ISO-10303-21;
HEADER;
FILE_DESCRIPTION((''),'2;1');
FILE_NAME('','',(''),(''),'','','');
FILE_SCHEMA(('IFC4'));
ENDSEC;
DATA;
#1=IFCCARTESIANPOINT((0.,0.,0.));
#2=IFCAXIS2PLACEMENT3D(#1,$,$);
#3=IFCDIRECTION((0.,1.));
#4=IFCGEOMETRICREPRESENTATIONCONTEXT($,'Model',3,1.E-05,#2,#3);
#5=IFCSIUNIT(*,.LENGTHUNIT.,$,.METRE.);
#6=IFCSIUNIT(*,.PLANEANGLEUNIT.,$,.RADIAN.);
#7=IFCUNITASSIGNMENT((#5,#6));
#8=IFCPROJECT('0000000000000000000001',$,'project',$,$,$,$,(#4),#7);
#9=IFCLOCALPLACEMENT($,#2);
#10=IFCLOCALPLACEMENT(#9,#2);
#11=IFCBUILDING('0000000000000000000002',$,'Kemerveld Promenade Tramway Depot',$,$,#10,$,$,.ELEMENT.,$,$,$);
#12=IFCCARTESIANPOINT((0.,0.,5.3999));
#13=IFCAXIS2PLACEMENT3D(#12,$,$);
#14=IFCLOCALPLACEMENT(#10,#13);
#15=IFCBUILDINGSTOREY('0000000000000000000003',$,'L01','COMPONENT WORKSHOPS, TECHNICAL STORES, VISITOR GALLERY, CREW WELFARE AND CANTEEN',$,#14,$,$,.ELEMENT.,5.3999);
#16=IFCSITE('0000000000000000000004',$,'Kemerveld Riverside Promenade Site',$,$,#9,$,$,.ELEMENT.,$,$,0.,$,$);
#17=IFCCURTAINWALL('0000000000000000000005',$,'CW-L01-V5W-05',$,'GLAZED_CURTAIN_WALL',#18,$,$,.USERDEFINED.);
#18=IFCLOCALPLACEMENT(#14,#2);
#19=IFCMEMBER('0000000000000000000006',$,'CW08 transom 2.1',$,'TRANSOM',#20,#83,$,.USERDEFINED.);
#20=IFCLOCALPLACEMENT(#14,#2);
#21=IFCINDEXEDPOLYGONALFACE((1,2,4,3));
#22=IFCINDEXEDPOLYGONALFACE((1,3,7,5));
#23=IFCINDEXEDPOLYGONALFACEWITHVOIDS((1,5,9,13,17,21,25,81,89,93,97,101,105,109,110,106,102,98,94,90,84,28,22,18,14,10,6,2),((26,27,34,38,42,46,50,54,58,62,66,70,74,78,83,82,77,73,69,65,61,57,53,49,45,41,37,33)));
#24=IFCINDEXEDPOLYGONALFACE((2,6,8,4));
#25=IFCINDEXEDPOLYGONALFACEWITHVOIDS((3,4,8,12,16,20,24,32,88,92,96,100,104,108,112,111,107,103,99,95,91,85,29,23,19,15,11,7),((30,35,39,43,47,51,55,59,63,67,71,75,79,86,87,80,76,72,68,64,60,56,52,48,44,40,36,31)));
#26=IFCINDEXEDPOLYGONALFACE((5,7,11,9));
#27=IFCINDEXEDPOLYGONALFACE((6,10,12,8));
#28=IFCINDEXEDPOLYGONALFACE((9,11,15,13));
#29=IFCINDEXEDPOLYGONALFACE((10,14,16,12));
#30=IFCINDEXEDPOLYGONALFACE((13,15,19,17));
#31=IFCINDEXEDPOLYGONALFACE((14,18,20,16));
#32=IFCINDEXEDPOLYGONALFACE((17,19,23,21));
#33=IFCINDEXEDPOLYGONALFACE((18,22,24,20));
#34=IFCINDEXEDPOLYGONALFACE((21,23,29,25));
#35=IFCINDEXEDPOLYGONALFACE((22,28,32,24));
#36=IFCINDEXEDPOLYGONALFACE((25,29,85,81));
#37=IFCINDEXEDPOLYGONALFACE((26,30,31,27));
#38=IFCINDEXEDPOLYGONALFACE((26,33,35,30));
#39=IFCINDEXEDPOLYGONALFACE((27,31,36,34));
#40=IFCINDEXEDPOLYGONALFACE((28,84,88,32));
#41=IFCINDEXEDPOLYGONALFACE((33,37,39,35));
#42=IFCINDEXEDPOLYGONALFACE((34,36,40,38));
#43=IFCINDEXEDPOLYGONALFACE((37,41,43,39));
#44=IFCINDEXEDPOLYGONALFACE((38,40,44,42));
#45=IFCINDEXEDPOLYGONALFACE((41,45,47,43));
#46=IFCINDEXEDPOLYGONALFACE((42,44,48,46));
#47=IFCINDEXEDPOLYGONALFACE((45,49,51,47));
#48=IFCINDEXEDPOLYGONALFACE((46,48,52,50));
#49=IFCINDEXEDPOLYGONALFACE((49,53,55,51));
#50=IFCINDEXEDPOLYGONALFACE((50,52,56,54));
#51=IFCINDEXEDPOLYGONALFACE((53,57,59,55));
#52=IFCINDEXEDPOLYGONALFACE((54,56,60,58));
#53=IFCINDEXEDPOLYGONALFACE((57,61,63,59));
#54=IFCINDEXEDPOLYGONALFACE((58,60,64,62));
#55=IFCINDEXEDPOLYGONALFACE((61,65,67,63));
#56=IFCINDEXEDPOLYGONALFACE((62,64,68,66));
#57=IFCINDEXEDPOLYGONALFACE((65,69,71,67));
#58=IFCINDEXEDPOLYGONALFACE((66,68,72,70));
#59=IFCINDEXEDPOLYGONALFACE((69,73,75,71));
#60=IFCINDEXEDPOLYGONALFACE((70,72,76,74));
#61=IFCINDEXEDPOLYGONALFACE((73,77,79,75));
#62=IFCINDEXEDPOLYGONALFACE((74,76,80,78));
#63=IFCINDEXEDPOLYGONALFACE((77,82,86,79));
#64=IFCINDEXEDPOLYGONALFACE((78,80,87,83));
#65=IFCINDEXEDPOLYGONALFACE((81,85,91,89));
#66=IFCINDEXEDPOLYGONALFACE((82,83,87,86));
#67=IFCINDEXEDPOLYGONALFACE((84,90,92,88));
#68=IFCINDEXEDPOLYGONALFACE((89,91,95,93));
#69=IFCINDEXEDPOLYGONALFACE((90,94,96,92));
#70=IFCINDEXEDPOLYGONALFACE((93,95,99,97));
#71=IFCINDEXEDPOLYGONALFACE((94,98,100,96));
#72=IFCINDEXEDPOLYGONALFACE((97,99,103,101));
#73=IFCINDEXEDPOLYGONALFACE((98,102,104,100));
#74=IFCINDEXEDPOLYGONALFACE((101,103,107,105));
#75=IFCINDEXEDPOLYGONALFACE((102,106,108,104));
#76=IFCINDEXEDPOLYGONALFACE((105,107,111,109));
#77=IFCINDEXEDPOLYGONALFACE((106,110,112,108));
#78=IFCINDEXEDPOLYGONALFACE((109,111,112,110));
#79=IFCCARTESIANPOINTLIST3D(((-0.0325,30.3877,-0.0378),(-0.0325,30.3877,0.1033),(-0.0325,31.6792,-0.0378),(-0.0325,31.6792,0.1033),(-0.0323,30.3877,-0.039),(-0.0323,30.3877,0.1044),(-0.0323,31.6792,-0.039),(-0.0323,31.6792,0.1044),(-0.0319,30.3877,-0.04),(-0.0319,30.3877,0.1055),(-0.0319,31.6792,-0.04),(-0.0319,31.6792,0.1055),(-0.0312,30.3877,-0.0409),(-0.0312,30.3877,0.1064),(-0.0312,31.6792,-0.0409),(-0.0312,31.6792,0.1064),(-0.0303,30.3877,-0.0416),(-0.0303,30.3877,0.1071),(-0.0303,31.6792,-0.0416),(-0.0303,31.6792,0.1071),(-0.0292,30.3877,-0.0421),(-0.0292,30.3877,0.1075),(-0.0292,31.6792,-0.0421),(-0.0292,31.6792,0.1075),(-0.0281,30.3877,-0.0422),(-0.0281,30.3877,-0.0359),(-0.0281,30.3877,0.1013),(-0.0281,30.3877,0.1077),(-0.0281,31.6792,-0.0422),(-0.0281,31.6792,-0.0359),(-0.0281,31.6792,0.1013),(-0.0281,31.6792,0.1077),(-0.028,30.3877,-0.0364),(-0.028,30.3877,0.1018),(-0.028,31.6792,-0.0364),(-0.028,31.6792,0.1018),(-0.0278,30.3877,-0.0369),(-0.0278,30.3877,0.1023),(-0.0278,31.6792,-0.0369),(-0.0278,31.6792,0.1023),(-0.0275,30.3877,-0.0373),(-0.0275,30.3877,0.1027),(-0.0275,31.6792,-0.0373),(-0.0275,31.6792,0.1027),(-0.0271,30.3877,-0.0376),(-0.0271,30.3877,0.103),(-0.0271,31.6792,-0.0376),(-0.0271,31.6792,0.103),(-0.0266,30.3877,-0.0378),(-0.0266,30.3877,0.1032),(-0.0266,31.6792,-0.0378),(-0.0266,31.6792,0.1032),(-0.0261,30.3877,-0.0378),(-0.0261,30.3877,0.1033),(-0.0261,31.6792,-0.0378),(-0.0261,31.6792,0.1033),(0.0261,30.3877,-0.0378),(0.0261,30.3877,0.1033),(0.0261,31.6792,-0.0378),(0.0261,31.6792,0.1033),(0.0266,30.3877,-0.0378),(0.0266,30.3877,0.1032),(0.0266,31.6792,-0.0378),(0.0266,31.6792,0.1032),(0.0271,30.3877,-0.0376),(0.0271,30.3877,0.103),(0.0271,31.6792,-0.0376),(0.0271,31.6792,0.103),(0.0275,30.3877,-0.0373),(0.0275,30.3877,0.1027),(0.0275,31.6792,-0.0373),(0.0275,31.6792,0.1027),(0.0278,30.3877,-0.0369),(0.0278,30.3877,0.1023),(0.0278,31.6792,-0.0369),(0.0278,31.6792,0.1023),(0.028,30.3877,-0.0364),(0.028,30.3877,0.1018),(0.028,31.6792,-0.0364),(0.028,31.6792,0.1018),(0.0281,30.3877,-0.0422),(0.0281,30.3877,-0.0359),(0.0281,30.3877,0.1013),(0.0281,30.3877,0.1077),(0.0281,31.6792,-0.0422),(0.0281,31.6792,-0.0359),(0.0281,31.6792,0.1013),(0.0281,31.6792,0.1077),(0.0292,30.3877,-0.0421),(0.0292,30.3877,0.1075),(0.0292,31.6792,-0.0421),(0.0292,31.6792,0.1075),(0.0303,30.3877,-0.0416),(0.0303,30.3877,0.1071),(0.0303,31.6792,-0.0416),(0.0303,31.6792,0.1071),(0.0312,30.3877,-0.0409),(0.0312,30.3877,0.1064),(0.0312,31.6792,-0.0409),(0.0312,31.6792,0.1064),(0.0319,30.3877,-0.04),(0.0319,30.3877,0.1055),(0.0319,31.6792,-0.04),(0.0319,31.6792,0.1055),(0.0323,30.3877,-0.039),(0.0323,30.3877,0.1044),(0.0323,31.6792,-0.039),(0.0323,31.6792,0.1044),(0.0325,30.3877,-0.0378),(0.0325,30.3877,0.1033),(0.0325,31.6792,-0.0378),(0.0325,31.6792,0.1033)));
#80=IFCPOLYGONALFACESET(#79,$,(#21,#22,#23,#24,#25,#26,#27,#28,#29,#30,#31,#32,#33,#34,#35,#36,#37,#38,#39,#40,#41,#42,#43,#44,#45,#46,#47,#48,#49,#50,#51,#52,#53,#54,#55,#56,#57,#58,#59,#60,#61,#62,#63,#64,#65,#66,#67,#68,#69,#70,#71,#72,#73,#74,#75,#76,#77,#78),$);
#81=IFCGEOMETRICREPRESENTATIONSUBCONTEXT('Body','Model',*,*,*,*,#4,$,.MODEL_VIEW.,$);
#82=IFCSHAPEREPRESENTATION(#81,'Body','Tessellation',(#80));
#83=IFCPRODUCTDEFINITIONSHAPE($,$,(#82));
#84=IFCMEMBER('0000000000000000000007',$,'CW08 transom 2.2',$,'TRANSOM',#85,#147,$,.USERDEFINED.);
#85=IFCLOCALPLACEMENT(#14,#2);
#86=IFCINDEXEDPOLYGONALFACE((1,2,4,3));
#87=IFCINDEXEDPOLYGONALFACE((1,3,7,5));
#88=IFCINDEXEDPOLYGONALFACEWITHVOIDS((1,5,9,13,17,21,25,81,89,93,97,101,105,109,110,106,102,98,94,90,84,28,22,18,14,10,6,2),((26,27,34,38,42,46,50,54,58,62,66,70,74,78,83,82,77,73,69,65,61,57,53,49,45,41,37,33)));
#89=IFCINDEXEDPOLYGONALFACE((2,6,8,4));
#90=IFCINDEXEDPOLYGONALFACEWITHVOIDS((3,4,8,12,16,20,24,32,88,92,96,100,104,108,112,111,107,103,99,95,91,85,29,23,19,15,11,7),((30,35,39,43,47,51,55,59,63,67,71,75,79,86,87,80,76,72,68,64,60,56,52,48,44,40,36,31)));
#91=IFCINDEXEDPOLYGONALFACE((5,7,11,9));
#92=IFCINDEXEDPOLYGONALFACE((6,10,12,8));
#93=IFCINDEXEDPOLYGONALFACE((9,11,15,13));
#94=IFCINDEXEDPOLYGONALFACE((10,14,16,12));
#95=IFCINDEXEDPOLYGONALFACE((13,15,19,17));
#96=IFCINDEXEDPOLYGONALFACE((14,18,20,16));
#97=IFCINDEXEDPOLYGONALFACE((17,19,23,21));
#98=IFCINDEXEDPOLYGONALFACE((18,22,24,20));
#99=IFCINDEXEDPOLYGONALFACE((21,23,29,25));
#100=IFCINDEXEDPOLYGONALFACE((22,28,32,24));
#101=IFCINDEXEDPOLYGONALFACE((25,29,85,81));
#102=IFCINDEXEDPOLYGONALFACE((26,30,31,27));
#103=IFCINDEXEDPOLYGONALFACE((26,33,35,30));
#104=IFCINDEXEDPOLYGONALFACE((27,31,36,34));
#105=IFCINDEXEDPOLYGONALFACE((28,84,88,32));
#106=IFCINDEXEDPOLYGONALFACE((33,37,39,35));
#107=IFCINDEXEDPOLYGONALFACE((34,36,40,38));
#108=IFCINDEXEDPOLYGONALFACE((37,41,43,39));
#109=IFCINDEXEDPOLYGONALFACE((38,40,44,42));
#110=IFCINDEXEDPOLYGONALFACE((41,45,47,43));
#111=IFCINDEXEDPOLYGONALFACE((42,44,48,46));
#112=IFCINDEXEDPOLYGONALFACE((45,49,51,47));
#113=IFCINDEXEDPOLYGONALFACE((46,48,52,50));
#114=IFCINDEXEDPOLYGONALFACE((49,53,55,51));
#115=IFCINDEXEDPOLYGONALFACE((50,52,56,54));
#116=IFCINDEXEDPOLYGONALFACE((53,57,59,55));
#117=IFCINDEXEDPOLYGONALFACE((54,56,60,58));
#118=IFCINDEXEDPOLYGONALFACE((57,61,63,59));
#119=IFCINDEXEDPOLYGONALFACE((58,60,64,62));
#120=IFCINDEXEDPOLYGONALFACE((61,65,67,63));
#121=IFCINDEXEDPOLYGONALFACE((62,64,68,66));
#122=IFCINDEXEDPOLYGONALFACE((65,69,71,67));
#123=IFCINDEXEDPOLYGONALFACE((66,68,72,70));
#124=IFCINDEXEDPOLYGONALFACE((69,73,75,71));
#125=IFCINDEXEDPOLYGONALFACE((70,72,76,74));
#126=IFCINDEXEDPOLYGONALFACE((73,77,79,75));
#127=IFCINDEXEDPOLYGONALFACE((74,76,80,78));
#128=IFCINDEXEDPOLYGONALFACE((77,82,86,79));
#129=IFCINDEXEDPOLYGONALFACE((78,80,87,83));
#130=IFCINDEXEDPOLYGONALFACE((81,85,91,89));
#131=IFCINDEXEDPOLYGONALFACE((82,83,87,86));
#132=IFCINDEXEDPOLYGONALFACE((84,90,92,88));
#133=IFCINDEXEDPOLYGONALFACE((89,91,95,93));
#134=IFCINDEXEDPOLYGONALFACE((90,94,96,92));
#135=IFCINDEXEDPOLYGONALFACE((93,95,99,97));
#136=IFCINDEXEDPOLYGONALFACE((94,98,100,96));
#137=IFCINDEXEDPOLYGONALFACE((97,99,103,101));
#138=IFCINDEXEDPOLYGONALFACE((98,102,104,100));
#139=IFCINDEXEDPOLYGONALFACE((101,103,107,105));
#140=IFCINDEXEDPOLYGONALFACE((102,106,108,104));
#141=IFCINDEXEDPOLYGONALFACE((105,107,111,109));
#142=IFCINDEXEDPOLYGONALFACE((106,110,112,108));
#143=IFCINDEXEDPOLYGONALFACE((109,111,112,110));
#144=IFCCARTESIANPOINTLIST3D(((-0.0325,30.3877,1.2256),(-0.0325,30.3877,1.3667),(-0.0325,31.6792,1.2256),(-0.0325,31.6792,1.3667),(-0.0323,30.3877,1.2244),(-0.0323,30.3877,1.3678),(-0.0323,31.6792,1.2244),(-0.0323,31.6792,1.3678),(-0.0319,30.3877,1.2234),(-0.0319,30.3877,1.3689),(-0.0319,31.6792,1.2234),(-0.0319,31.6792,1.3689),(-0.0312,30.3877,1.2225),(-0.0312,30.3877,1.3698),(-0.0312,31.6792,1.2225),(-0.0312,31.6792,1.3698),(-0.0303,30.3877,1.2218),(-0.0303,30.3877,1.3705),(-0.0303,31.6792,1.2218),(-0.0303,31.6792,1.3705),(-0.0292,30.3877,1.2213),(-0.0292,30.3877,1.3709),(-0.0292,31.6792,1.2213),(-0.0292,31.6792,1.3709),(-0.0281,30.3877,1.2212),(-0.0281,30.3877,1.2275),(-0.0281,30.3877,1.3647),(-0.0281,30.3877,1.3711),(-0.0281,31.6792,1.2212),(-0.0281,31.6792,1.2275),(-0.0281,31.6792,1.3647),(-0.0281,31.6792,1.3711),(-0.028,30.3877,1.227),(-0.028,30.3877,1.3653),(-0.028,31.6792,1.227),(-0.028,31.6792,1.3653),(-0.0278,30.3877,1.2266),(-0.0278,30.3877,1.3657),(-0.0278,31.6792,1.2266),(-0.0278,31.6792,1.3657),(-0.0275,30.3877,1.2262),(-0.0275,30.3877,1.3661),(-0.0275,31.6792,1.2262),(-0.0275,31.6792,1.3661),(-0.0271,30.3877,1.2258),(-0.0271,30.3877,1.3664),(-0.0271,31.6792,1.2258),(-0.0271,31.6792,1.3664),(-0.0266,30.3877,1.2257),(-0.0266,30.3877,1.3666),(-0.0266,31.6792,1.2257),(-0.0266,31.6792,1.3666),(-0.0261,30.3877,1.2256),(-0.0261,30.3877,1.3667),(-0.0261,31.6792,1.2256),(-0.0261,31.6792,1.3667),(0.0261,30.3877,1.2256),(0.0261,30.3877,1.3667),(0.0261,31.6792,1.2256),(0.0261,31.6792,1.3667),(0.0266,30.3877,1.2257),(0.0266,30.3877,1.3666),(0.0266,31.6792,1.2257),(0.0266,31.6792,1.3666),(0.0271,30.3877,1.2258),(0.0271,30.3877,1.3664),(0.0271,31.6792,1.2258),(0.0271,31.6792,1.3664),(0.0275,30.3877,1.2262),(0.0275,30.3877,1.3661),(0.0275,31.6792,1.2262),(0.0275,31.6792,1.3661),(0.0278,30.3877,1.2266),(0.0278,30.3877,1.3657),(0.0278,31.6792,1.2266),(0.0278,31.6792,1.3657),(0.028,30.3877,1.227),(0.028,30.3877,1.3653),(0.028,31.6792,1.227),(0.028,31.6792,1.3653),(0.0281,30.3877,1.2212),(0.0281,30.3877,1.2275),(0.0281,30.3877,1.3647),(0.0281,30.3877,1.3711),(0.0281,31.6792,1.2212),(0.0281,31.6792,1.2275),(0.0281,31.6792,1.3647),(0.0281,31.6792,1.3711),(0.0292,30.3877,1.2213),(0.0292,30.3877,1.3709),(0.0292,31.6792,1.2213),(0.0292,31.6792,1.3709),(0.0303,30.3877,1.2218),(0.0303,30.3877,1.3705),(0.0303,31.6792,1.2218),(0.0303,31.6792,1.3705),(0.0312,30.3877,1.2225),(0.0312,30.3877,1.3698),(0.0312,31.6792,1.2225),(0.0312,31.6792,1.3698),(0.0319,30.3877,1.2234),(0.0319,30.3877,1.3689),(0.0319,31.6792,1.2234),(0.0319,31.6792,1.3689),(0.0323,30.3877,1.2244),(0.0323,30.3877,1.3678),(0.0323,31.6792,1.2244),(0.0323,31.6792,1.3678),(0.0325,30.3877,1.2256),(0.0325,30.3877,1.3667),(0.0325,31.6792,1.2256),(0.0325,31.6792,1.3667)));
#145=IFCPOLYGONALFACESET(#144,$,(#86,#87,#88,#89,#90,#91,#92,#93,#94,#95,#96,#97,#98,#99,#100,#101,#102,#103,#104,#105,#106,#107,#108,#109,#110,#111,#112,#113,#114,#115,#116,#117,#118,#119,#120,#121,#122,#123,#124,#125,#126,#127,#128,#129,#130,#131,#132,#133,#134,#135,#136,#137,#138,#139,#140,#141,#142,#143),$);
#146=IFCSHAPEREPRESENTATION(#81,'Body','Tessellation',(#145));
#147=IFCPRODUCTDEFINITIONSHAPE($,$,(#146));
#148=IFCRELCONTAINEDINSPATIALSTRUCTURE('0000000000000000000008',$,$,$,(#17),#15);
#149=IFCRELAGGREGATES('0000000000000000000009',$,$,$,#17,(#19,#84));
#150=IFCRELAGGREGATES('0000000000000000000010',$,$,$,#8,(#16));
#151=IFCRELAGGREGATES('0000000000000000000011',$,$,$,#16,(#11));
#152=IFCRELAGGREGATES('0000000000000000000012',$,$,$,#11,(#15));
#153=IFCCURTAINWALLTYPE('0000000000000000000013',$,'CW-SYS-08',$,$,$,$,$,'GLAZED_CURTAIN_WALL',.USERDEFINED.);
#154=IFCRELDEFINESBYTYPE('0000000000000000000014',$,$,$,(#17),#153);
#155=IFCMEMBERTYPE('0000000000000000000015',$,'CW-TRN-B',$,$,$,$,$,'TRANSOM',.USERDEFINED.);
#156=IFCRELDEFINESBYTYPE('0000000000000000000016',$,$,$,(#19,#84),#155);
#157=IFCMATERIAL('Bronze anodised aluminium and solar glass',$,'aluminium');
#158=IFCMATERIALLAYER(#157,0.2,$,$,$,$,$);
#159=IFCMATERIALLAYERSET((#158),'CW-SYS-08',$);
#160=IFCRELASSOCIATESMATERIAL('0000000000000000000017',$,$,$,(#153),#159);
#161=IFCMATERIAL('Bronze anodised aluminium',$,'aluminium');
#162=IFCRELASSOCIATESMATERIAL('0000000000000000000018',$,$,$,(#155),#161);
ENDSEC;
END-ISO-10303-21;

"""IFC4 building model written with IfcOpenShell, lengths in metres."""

from ifc_helpers import new_model, si_unit, direction, frame, origin, origin_2d, place, context, subcontext, project, spatial, hollow_rectangle, extrude, material, layer, layer_set, material_profile, profile_set, type_object, element, aggregate, save


model = new_model("IFC4")

# Units and contexts
model_context = context("Model", 3, precision=1e-05, world=origin(), true_north=direction((0.0, 1.0)))
body_context = subcontext(model_context, "Body", "Model", "MODEL_VIEW")
ifc_project = project(units=[si_unit("LENGTHUNIT", "METRE"), si_unit("PLANEANGLEUNIT", "RADIAN")], contexts=[model_context])

# Site, building, storey
site_placement = place(None, origin())
site = spatial("IfcSite", under=ifc_project, at=site_placement, Name="Kemerveld Riverside Promenade Site", CompositionType="ELEMENT", RefElevation=0.0)
building_placement = place(site_placement, origin())
building = spatial("IfcBuilding", under=site, at=building_placement, Name="Kemerveld Promenade Tramway Depot", CompositionType="ELEMENT")
storey_placement = place(building_placement, frame((0.0, 0.0, 5.3999)))
storey = spatial("IfcBuildingStorey", under=building, at=storey_placement, Name="L01", Description="COMPONENT WORKSHOPS, TECHNICAL STORES, VISITOR GALLERY, CREW WELFARE AND CANTEEN", CompositionType="ELEMENT", Elevation=5.3999)

# Curtain wall, members
ifc_material_1 = material(Name="Bronze anodised aluminium and solar glass", Category="aluminium")
ifc_layer_1 = layer(ifc_material_1, 0.2)
ifc_layer_set_1 = layer_set([ifc_layer_1], Name="CW-SYS-08")
curtain_wall_type = type_object("IfcCurtainWallType", Name="CW-SYS-08", ElementType="GLAZED_CURTAIN_WALL", PredefinedType="USERDEFINED", material=ifc_layer_set_1)
curtain_wall_placement = place(storey_placement, origin())
curtain_wall = element("IfcCurtainWall", 1, at=curtain_wall_placement, inside=storey, type_object=curtain_wall_type, Name="CW-L01-V5W-05", ObjectType="GLAZED_CURTAIN_WALL", PredefinedType="USERDEFINED")
ifc_material_2 = material(Name="Bronze anodised aluminium", Category="aluminium")
ifc_material_profile_1 = material_profile(ifc_material_2, hollow_rectangle(XDim=0.0649, YDim=0.1499, WallThickness=0.0044, InnerFilletRadius=0.002, OuterFilletRadius=0.0044, at=origin_2d()), Name="CW-TRN-150x65")
ifc_profile_set_1 = profile_set([ifc_material_profile_1], Name="Bronze anodised aluminium")
member_type_1 = type_object("IfcMemberType", Name="CW-TRN-B", ElementType="TRANSOM", PredefinedType="USERDEFINED", material=ifc_profile_set_1)
member_1_placement = place(storey_placement, frame((0.0, 30.3877, 0.0327), z_axis=(0.0, 1.0, 0.0), x_axis=(-1.0, 0.0, 0.0)))
member_1 = element("IfcMember", 2, at=member_1_placement, type_object=member_type_1, Name="CW08 transom 2.1", ObjectType="TRANSOM", PredefinedType="USERDEFINED", context=body_context, shape_type="SweptSolid", body=[
    extrude(hollow_rectangle(XDim=0.0649, YDim=0.1499, WallThickness=0.0044, InnerFilletRadius=0.002, OuterFilletRadius=0.0044, at=origin_2d()), origin(), (0.0, 0.0, 1.0), 1.2915),
])
member_2_placement = place(storey_placement, frame((0.0, 30.3877, 1.2961), z_axis=(0.0, 1.0, 0.0), x_axis=(-1.0, 0.0, 0.0)))
member_2 = element("IfcMember", 3, at=member_2_placement, type_object=member_type_1, Name="CW08 transom 2.2", ObjectType="TRANSOM", PredefinedType="USERDEFINED", context=body_context, shape_type="SweptSolid", body=[
    extrude(hollow_rectangle(XDim=0.0649, YDim=0.1499, WallThickness=0.0044, InnerFilletRadius=0.002, OuterFilletRadius=0.0044, at=origin_2d()), origin(), (0.0, 0.0, 1.0), 1.2915),
])
aggregate(curtain_wall, [member_1, member_2])

save(model, "model.ifc")
